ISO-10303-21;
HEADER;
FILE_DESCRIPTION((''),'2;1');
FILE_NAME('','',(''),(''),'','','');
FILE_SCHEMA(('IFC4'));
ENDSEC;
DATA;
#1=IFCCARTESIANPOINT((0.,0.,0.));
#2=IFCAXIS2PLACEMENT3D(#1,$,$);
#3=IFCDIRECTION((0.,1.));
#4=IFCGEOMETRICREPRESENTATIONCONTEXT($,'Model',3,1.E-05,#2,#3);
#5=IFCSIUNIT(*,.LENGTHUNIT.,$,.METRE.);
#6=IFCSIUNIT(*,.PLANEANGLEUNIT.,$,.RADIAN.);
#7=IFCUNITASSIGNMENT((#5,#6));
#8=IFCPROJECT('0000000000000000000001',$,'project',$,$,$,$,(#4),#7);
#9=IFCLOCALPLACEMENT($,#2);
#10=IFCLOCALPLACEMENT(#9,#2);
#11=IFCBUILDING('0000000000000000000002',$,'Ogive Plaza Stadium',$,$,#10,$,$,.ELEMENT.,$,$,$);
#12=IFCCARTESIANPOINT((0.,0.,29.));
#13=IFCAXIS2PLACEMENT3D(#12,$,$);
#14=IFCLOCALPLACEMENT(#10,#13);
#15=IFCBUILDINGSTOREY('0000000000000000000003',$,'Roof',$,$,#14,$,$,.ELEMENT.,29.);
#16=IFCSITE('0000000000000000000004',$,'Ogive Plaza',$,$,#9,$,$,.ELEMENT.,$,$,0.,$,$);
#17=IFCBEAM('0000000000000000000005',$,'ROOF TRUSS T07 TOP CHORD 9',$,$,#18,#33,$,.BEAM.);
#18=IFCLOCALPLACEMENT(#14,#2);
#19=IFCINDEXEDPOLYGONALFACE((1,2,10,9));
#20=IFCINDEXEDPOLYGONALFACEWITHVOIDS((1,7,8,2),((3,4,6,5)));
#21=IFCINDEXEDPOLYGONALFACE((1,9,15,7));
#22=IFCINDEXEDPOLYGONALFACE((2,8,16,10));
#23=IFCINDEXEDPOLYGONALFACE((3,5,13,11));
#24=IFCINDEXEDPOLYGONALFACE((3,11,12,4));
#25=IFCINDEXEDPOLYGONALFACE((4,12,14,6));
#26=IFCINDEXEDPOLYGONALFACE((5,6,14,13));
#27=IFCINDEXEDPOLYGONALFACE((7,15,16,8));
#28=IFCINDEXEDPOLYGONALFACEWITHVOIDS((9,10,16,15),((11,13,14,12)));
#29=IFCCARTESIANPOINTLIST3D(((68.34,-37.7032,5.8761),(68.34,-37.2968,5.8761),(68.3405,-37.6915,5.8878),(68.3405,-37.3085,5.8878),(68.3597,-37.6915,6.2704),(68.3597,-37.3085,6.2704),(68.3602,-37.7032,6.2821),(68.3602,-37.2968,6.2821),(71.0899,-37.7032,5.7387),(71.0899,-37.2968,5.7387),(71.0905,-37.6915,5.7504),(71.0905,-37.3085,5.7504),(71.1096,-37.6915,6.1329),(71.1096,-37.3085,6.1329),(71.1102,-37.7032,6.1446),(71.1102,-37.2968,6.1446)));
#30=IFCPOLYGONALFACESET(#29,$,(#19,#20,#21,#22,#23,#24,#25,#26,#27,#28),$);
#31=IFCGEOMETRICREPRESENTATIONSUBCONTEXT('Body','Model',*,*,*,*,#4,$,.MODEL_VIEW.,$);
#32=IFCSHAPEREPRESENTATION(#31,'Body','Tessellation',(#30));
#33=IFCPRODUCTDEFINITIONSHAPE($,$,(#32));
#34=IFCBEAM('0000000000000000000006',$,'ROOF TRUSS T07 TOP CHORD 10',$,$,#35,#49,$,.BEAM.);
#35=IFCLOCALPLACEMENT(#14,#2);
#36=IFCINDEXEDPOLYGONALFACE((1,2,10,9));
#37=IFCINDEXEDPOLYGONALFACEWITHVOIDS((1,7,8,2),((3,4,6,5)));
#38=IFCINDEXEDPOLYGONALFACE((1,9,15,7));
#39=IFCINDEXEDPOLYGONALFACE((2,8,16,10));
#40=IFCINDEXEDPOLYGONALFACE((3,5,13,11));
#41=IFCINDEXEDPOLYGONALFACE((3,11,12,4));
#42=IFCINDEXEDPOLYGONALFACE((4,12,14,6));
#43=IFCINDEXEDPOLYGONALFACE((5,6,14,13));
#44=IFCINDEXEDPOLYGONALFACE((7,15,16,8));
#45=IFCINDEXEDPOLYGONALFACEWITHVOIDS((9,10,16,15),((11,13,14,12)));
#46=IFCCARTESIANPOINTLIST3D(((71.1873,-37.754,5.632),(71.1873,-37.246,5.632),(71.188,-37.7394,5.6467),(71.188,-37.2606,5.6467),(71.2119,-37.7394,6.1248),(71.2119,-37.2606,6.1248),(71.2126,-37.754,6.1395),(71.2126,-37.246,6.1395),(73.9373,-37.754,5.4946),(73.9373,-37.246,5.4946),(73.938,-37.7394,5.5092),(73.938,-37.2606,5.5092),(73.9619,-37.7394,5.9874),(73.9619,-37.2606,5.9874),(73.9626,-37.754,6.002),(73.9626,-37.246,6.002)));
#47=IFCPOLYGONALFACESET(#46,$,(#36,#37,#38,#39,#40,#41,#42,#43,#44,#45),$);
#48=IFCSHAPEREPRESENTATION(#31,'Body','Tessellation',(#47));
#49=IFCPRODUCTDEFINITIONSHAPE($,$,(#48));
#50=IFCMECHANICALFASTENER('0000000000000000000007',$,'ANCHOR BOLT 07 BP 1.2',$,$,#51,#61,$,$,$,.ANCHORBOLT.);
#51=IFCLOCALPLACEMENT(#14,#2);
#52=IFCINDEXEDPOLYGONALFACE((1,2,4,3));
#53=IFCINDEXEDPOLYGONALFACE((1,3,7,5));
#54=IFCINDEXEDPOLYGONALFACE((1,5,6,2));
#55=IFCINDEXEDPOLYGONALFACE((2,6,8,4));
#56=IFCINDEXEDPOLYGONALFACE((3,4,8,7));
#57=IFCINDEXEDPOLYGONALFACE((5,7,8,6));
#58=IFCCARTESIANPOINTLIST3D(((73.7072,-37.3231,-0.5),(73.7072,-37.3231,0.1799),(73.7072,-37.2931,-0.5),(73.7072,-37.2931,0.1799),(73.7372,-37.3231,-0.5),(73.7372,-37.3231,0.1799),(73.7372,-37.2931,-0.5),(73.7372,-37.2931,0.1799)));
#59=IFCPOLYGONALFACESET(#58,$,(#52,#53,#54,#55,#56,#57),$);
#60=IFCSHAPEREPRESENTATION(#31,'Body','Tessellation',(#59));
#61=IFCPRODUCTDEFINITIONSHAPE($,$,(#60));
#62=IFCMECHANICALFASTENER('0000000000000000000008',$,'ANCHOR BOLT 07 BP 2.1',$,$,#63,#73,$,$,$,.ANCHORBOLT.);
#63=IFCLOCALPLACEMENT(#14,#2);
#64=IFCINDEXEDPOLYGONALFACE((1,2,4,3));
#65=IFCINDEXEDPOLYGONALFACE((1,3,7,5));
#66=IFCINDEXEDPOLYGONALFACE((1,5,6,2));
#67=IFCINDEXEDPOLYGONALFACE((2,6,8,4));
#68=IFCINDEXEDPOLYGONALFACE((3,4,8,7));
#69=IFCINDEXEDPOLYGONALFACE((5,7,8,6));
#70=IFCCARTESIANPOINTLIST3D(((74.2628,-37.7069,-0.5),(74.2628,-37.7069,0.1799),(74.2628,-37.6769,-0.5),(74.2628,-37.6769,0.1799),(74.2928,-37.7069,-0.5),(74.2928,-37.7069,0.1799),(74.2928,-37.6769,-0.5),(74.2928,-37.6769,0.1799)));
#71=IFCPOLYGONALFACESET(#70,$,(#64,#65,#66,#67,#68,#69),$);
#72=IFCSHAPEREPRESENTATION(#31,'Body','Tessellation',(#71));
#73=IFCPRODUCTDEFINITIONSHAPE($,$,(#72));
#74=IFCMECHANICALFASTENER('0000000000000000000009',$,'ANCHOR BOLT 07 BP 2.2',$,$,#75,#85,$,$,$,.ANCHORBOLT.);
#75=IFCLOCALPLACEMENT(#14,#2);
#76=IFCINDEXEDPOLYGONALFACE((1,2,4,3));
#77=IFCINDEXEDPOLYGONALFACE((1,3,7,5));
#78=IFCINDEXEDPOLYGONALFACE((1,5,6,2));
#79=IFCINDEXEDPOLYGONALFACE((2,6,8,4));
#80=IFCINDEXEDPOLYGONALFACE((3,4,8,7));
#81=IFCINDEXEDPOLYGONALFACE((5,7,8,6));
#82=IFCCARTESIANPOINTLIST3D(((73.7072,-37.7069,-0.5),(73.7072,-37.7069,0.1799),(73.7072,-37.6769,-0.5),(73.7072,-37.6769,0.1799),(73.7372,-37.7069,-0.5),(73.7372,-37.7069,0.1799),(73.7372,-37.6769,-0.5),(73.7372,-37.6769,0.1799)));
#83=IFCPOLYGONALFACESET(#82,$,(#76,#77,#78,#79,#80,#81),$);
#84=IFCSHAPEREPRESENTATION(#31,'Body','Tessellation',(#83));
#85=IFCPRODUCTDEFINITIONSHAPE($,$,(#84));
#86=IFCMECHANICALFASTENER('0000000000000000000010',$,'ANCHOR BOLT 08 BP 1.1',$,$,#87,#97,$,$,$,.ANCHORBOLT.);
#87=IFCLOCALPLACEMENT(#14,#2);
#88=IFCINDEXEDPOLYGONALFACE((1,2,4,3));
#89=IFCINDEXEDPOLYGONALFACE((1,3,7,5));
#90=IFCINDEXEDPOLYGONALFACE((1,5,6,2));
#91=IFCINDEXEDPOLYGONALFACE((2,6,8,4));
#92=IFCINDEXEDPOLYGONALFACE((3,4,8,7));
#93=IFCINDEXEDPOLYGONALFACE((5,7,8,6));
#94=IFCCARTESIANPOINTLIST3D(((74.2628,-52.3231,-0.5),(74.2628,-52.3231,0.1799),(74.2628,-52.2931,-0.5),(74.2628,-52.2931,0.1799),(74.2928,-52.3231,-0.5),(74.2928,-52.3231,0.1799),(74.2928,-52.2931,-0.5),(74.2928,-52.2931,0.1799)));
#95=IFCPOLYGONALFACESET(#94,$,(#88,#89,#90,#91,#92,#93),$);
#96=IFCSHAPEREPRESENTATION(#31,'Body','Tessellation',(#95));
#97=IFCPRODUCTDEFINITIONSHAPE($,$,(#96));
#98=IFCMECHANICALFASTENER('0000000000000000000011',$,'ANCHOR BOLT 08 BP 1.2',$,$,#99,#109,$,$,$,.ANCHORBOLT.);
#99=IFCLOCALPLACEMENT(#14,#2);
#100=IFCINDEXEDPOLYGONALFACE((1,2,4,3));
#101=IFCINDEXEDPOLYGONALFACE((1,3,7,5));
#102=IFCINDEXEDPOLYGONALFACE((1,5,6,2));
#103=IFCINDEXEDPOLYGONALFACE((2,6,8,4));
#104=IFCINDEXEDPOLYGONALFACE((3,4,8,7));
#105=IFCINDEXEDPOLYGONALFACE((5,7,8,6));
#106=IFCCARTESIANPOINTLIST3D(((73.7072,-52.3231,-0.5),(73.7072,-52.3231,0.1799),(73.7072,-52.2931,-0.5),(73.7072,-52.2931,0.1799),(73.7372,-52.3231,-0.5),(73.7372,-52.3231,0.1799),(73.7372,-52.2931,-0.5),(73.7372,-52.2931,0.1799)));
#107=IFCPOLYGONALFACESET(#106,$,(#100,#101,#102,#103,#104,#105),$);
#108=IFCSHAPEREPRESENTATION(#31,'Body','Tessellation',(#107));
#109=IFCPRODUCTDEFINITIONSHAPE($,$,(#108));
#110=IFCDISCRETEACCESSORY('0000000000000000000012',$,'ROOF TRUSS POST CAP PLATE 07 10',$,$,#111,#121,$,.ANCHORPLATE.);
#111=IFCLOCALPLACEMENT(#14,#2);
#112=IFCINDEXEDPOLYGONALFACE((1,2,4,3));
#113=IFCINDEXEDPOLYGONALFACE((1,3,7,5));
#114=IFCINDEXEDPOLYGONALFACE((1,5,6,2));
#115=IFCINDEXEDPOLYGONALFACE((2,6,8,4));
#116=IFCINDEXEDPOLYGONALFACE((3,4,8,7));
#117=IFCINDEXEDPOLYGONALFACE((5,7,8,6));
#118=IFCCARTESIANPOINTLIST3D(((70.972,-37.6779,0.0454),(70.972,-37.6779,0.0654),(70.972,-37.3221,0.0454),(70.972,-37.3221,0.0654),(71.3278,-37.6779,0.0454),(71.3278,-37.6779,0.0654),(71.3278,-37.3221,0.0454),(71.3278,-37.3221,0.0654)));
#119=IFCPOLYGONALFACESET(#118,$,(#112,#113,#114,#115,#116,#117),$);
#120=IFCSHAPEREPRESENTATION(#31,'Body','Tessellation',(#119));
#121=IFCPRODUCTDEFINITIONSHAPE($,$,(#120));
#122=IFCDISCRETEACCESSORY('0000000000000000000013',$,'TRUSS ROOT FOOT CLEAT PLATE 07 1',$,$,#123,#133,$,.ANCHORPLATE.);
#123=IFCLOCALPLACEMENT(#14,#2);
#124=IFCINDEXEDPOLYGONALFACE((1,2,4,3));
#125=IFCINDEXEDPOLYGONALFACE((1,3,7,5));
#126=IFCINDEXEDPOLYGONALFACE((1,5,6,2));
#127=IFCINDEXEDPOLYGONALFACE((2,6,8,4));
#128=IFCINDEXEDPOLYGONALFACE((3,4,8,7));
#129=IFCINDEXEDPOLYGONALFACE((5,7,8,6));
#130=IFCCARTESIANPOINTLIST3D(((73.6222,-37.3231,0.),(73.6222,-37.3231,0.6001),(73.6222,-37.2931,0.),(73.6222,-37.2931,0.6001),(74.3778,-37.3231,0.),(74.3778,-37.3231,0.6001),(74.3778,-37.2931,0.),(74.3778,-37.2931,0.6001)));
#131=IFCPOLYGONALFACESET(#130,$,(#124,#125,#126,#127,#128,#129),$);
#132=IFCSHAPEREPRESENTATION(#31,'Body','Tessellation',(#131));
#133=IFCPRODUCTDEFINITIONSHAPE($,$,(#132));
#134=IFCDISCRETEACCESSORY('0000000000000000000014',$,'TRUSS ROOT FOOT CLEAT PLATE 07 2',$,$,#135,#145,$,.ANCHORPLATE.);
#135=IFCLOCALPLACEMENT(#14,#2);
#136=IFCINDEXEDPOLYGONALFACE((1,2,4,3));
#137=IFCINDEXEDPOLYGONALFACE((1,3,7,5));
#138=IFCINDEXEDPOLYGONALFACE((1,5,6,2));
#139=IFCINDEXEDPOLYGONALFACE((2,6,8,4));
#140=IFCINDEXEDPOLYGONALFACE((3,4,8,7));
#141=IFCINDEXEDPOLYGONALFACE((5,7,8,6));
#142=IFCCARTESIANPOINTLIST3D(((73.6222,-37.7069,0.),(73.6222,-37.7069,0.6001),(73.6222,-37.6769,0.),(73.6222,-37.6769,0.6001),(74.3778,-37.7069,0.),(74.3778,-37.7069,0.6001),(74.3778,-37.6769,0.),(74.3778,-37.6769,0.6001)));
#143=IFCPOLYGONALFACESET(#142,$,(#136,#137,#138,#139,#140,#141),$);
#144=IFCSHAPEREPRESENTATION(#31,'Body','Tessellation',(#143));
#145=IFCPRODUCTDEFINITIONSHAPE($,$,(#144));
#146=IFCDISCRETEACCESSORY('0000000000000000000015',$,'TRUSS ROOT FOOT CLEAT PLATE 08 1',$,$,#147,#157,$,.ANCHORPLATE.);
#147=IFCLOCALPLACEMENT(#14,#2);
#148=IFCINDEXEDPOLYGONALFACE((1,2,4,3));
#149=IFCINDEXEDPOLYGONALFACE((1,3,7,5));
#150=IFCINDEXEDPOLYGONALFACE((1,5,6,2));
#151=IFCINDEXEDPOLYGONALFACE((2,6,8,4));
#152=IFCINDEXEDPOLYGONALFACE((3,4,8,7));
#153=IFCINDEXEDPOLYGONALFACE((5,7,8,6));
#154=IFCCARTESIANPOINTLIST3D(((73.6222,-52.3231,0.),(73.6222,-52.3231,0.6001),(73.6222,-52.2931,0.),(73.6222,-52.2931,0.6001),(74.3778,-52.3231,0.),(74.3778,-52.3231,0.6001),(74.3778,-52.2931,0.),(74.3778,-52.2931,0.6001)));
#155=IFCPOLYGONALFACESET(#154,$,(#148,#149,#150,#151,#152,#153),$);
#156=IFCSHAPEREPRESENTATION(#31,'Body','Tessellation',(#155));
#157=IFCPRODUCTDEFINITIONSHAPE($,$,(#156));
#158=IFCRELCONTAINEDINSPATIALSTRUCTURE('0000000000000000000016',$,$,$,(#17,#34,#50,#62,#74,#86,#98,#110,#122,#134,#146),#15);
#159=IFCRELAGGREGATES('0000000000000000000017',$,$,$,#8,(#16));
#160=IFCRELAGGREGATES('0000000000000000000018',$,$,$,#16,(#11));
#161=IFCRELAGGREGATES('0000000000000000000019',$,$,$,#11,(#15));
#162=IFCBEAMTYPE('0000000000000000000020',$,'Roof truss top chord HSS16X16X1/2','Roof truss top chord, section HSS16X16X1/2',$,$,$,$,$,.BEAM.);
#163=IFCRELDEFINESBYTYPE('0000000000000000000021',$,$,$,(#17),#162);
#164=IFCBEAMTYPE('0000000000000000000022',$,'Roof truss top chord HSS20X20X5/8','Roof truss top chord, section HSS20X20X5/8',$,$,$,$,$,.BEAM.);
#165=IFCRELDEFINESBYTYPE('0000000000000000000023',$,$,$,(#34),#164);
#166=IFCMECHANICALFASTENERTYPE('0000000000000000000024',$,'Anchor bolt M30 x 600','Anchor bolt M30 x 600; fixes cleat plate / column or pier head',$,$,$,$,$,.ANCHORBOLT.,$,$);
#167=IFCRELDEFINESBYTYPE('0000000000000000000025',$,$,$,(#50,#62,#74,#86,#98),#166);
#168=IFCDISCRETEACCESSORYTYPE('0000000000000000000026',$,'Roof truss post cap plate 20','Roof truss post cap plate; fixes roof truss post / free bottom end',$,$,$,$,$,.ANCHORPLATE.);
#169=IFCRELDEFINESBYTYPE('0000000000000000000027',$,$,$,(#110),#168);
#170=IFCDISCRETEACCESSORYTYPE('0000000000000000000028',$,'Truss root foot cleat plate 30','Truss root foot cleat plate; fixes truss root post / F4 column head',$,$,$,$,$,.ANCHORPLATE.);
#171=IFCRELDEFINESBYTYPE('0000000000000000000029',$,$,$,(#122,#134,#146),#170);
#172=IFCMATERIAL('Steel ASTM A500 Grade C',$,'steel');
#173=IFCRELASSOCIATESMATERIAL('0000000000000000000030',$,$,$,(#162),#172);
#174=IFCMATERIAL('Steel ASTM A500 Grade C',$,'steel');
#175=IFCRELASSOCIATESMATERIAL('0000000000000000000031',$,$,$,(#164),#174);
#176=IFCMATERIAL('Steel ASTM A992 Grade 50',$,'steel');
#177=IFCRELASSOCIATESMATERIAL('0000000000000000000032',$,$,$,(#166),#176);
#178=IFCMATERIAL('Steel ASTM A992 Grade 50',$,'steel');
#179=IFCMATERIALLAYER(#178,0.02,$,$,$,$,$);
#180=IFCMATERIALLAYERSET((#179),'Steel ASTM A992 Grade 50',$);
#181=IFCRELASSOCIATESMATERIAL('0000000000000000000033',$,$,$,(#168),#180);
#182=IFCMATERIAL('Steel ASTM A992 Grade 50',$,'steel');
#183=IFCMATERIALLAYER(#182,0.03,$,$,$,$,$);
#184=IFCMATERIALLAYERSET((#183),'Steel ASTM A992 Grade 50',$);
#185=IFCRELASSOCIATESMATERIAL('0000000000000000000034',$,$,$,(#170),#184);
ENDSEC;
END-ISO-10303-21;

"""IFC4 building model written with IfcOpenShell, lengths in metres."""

from ifc_helpers import new_model, si_unit, direction, frame, origin, origin_2d, place, context, subcontext, project, spatial, rectangle, hollow_rectangle, extrude, material, layer, layer_set, material_profile, profile_set, type_object, element, save


model = new_model("IFC4")

# Units and contexts
model_context = context("Model", 3, precision=1e-05, world=origin(), true_north=direction((0.0, 1.0)))
body_context = subcontext(model_context, "Body", "Model", "MODEL_VIEW")
ifc_project = project(units=[si_unit("LENGTHUNIT", "METRE"), si_unit("PLANEANGLEUNIT", "RADIAN")], contexts=[model_context])

# Site, building, storey
site_placement = place(None, origin())
site = spatial("IfcSite", under=ifc_project, at=site_placement, Name="Ogive Plaza", CompositionType="ELEMENT", RefElevation=0.0)
building_placement = place(site_placement, origin())
building = spatial("IfcBuilding", under=site, at=building_placement, Name="Ogive Plaza Stadium", CompositionType="ELEMENT")
storey_placement = place(building_placement, frame((0.0, 0.0, 29.0)))
storey = spatial("IfcBuildingStorey", under=building, at=storey_placement, Name="Roof", CompositionType="ELEMENT", Elevation=29.0)

# Beams
ifc_material_1 = material(Name="Steel ASTM A500 Grade C", Category="steel")
ifc_material_profile_1 = material_profile(ifc_material_1, hollow_rectangle(XDim=0.4065, YDim=0.4065, WallThickness=0.0117, at=origin_2d()), Name="HSS16X16X1/2")
ifc_profile_set_1 = profile_set([ifc_material_profile_1], Name="Steel ASTM A500 Grade C")
beam_type_1 = type_object("IfcBeamType", Name="Roof truss top chord HSS16X16X1/2", Description="Roof truss top chord, section HSS16X16X1/2", PredefinedType="BEAM", material=ifc_profile_set_1)
beam_1_placement = place(storey_placement, frame((68.3501, -37.5, 6.0791), z_axis=(0.998753, 0.0, -0.04992), x_axis=(0.0, 1.0, 0.0)))
element("IfcBeam", 1, at=beam_1_placement, inside=storey, type_object=beam_type_1, Name="ROOF TRUSS T07 TOP CHORD 9", PredefinedType="BEAM", context=body_context, shape_type="SweptSolid", body=[
    extrude(hollow_rectangle(XDim=0.4065, YDim=0.4065, WallThickness=0.0117, at=origin_2d()), origin(), (0.0, 0.0, 1.0), 2.7534),
])
ifc_material_2 = material(Name="Steel ASTM A500 Grade C", Category="steel")
ifc_material_profile_2 = material_profile(ifc_material_2, hollow_rectangle(XDim=0.5081, YDim=0.5081, WallThickness=0.0146, at=origin_2d()), Name="HSS20X20X5/8")
ifc_profile_set_2 = profile_set([ifc_material_profile_2], Name="Steel ASTM A500 Grade C")
beam_type_2 = type_object("IfcBeamType", Name="Roof truss top chord HSS20X20X5/8", Description="Roof truss top chord, section HSS20X20X5/8", PredefinedType="BEAM", material=ifc_profile_set_2)
beam_2_placement = place(storey_placement, frame((71.2, -37.5, 5.8857), z_axis=(0.998753, 0.0, -0.04992), x_axis=(0.0, 1.0, 0.0)))
element("IfcBeam", 2, at=beam_2_placement, inside=storey, type_object=beam_type_2, Name="ROOF TRUSS T07 TOP CHORD 10", PredefinedType="BEAM", context=body_context, shape_type="SweptSolid", body=[
    extrude(hollow_rectangle(XDim=0.5081, YDim=0.5081, WallThickness=0.0146, at=origin_2d()), origin(), (0.0, 0.0, 1.0), 2.7534),
])

# Mechanical fasteners
ifc_material_3 = material(Name="Steel ASTM A992 Grade 50", Category="steel")
mechanical_fastener_type = type_object("IfcMechanicalFastenerType", Name="Anchor bolt M30 x 600", Description="Anchor bolt M30 x 600; fixes cleat plate / column or pier head", PredefinedType="ANCHORBOLT", material=ifc_material_3)
for number, where, z_axis, x_axis, name in (
    (3, (73.7222, -37.3081, -0.5), (0.0, 0.0, 1.0), (1.0, 0.0, 0.0), "ANCHOR BOLT 07 BP 1.2"),
    (4, (74.2778, -37.6919, -0.5), (0.0, 0.0, 1.0), (1.0, 0.0, 0.0), "ANCHOR BOLT 07 BP 2.1"),
    (5, (73.7222, -37.6919, -0.5), (0.0, 0.0, 1.0), (1.0, 0.0, 0.0), "ANCHOR BOLT 07 BP 2.2"),
    (6, (74.2778, -52.3081, -0.5), (0.0, 0.0, 1.0), (1.0, 0.0, 0.0), "ANCHOR BOLT 08 BP 1.1"),
    (7, (73.7222, -52.3081, -0.5), (0.0, 0.0, 1.0), (1.0, 0.0, 0.0), "ANCHOR BOLT 08 BP 1.2"),
):
    element("IfcMechanicalFastener", number, at=place(storey_placement, frame(where, z_axis=z_axis, x_axis=x_axis)), inside=storey, type_object=mechanical_fastener_type, Name=name, PredefinedType="ANCHORBOLT", context=body_context, shape_type="SweptSolid", body=[
        extrude(rectangle(XDim=0.03, YDim=0.03, at=origin_2d()), origin(), (0.0, 0.0, 1.0), 0.6799),
    ])

# Discrete accessories
ifc_material_4 = material(Name="Steel ASTM A992 Grade 50", Category="steel")
ifc_layer_1 = layer(ifc_material_4, 0.02)
ifc_layer_set_1 = layer_set([ifc_layer_1], Name="Steel ASTM A992 Grade 50")
discrete_accessory_type_1 = type_object("IfcDiscreteAccessoryType", Name="Roof truss post cap plate 20", Description="Roof truss post cap plate; fixes roof truss post / free bottom end", PredefinedType="ANCHORPLATE", material=ifc_layer_set_1)
discrete_accessory_placement = place(storey_placement, frame((71.1499, -37.5, 0.0454), z_axis=(0.0, 0.0, 1.0), x_axis=(1.0, 0.0, 0.0)))
element("IfcDiscreteAccessory", 8, at=discrete_accessory_placement, inside=storey, type_object=discrete_accessory_type_1, Name="ROOF TRUSS POST CAP PLATE 07 10", PredefinedType="ANCHORPLATE", context=body_context, shape_type="SweptSolid", body=[
    extrude(rectangle(XDim=0.3557, YDim=0.3557, at=origin_2d()), origin(), (0.0, 0.0, 1.0), 0.02),
])
ifc_material_5 = material(Name="Steel ASTM A992 Grade 50", Category="steel")
ifc_layer_2 = layer(ifc_material_5, 0.03)
ifc_layer_set_2 = layer_set([ifc_layer_2], Name="Steel ASTM A992 Grade 50")
discrete_accessory_type_2 = type_object("IfcDiscreteAccessoryType", Name="Truss root foot cleat plate 30", Description="Truss root foot cleat plate; fixes truss root post / F4 column head", PredefinedType="ANCHORPLATE", material=ifc_layer_set_2)
for number, where, z_axis, x_axis, name in (
    (9, (74.0, -37.3081, 0.0), (0.0, 0.0, 1.0), (1.0, 0.0, 0.0), "TRUSS ROOT FOOT CLEAT PLATE 07 1"),
    (10, (74.0, -37.6919, 0.0), (0.0, 0.0, 1.0), (1.0, 0.0, 0.0), "TRUSS ROOT FOOT CLEAT PLATE 07 2"),
    (11, (74.0, -52.3081, 0.0), (0.0, 0.0, 1.0), (1.0, 0.0, 0.0), "TRUSS ROOT FOOT CLEAT PLATE 08 1"),
):
    element("IfcDiscreteAccessory", number, at=place(storey_placement, frame(where, z_axis=z_axis, x_axis=x_axis)), inside=storey, type_object=discrete_accessory_type_2, Name=name, PredefinedType="ANCHORPLATE", context=body_context, shape_type="SweptSolid", body=[
        extrude(rectangle(XDim=0.7556, YDim=0.03, at=origin_2d()), origin(), (0.0, 0.0, 1.0), 0.6001),
    ])

save(model, "model.ifc")
